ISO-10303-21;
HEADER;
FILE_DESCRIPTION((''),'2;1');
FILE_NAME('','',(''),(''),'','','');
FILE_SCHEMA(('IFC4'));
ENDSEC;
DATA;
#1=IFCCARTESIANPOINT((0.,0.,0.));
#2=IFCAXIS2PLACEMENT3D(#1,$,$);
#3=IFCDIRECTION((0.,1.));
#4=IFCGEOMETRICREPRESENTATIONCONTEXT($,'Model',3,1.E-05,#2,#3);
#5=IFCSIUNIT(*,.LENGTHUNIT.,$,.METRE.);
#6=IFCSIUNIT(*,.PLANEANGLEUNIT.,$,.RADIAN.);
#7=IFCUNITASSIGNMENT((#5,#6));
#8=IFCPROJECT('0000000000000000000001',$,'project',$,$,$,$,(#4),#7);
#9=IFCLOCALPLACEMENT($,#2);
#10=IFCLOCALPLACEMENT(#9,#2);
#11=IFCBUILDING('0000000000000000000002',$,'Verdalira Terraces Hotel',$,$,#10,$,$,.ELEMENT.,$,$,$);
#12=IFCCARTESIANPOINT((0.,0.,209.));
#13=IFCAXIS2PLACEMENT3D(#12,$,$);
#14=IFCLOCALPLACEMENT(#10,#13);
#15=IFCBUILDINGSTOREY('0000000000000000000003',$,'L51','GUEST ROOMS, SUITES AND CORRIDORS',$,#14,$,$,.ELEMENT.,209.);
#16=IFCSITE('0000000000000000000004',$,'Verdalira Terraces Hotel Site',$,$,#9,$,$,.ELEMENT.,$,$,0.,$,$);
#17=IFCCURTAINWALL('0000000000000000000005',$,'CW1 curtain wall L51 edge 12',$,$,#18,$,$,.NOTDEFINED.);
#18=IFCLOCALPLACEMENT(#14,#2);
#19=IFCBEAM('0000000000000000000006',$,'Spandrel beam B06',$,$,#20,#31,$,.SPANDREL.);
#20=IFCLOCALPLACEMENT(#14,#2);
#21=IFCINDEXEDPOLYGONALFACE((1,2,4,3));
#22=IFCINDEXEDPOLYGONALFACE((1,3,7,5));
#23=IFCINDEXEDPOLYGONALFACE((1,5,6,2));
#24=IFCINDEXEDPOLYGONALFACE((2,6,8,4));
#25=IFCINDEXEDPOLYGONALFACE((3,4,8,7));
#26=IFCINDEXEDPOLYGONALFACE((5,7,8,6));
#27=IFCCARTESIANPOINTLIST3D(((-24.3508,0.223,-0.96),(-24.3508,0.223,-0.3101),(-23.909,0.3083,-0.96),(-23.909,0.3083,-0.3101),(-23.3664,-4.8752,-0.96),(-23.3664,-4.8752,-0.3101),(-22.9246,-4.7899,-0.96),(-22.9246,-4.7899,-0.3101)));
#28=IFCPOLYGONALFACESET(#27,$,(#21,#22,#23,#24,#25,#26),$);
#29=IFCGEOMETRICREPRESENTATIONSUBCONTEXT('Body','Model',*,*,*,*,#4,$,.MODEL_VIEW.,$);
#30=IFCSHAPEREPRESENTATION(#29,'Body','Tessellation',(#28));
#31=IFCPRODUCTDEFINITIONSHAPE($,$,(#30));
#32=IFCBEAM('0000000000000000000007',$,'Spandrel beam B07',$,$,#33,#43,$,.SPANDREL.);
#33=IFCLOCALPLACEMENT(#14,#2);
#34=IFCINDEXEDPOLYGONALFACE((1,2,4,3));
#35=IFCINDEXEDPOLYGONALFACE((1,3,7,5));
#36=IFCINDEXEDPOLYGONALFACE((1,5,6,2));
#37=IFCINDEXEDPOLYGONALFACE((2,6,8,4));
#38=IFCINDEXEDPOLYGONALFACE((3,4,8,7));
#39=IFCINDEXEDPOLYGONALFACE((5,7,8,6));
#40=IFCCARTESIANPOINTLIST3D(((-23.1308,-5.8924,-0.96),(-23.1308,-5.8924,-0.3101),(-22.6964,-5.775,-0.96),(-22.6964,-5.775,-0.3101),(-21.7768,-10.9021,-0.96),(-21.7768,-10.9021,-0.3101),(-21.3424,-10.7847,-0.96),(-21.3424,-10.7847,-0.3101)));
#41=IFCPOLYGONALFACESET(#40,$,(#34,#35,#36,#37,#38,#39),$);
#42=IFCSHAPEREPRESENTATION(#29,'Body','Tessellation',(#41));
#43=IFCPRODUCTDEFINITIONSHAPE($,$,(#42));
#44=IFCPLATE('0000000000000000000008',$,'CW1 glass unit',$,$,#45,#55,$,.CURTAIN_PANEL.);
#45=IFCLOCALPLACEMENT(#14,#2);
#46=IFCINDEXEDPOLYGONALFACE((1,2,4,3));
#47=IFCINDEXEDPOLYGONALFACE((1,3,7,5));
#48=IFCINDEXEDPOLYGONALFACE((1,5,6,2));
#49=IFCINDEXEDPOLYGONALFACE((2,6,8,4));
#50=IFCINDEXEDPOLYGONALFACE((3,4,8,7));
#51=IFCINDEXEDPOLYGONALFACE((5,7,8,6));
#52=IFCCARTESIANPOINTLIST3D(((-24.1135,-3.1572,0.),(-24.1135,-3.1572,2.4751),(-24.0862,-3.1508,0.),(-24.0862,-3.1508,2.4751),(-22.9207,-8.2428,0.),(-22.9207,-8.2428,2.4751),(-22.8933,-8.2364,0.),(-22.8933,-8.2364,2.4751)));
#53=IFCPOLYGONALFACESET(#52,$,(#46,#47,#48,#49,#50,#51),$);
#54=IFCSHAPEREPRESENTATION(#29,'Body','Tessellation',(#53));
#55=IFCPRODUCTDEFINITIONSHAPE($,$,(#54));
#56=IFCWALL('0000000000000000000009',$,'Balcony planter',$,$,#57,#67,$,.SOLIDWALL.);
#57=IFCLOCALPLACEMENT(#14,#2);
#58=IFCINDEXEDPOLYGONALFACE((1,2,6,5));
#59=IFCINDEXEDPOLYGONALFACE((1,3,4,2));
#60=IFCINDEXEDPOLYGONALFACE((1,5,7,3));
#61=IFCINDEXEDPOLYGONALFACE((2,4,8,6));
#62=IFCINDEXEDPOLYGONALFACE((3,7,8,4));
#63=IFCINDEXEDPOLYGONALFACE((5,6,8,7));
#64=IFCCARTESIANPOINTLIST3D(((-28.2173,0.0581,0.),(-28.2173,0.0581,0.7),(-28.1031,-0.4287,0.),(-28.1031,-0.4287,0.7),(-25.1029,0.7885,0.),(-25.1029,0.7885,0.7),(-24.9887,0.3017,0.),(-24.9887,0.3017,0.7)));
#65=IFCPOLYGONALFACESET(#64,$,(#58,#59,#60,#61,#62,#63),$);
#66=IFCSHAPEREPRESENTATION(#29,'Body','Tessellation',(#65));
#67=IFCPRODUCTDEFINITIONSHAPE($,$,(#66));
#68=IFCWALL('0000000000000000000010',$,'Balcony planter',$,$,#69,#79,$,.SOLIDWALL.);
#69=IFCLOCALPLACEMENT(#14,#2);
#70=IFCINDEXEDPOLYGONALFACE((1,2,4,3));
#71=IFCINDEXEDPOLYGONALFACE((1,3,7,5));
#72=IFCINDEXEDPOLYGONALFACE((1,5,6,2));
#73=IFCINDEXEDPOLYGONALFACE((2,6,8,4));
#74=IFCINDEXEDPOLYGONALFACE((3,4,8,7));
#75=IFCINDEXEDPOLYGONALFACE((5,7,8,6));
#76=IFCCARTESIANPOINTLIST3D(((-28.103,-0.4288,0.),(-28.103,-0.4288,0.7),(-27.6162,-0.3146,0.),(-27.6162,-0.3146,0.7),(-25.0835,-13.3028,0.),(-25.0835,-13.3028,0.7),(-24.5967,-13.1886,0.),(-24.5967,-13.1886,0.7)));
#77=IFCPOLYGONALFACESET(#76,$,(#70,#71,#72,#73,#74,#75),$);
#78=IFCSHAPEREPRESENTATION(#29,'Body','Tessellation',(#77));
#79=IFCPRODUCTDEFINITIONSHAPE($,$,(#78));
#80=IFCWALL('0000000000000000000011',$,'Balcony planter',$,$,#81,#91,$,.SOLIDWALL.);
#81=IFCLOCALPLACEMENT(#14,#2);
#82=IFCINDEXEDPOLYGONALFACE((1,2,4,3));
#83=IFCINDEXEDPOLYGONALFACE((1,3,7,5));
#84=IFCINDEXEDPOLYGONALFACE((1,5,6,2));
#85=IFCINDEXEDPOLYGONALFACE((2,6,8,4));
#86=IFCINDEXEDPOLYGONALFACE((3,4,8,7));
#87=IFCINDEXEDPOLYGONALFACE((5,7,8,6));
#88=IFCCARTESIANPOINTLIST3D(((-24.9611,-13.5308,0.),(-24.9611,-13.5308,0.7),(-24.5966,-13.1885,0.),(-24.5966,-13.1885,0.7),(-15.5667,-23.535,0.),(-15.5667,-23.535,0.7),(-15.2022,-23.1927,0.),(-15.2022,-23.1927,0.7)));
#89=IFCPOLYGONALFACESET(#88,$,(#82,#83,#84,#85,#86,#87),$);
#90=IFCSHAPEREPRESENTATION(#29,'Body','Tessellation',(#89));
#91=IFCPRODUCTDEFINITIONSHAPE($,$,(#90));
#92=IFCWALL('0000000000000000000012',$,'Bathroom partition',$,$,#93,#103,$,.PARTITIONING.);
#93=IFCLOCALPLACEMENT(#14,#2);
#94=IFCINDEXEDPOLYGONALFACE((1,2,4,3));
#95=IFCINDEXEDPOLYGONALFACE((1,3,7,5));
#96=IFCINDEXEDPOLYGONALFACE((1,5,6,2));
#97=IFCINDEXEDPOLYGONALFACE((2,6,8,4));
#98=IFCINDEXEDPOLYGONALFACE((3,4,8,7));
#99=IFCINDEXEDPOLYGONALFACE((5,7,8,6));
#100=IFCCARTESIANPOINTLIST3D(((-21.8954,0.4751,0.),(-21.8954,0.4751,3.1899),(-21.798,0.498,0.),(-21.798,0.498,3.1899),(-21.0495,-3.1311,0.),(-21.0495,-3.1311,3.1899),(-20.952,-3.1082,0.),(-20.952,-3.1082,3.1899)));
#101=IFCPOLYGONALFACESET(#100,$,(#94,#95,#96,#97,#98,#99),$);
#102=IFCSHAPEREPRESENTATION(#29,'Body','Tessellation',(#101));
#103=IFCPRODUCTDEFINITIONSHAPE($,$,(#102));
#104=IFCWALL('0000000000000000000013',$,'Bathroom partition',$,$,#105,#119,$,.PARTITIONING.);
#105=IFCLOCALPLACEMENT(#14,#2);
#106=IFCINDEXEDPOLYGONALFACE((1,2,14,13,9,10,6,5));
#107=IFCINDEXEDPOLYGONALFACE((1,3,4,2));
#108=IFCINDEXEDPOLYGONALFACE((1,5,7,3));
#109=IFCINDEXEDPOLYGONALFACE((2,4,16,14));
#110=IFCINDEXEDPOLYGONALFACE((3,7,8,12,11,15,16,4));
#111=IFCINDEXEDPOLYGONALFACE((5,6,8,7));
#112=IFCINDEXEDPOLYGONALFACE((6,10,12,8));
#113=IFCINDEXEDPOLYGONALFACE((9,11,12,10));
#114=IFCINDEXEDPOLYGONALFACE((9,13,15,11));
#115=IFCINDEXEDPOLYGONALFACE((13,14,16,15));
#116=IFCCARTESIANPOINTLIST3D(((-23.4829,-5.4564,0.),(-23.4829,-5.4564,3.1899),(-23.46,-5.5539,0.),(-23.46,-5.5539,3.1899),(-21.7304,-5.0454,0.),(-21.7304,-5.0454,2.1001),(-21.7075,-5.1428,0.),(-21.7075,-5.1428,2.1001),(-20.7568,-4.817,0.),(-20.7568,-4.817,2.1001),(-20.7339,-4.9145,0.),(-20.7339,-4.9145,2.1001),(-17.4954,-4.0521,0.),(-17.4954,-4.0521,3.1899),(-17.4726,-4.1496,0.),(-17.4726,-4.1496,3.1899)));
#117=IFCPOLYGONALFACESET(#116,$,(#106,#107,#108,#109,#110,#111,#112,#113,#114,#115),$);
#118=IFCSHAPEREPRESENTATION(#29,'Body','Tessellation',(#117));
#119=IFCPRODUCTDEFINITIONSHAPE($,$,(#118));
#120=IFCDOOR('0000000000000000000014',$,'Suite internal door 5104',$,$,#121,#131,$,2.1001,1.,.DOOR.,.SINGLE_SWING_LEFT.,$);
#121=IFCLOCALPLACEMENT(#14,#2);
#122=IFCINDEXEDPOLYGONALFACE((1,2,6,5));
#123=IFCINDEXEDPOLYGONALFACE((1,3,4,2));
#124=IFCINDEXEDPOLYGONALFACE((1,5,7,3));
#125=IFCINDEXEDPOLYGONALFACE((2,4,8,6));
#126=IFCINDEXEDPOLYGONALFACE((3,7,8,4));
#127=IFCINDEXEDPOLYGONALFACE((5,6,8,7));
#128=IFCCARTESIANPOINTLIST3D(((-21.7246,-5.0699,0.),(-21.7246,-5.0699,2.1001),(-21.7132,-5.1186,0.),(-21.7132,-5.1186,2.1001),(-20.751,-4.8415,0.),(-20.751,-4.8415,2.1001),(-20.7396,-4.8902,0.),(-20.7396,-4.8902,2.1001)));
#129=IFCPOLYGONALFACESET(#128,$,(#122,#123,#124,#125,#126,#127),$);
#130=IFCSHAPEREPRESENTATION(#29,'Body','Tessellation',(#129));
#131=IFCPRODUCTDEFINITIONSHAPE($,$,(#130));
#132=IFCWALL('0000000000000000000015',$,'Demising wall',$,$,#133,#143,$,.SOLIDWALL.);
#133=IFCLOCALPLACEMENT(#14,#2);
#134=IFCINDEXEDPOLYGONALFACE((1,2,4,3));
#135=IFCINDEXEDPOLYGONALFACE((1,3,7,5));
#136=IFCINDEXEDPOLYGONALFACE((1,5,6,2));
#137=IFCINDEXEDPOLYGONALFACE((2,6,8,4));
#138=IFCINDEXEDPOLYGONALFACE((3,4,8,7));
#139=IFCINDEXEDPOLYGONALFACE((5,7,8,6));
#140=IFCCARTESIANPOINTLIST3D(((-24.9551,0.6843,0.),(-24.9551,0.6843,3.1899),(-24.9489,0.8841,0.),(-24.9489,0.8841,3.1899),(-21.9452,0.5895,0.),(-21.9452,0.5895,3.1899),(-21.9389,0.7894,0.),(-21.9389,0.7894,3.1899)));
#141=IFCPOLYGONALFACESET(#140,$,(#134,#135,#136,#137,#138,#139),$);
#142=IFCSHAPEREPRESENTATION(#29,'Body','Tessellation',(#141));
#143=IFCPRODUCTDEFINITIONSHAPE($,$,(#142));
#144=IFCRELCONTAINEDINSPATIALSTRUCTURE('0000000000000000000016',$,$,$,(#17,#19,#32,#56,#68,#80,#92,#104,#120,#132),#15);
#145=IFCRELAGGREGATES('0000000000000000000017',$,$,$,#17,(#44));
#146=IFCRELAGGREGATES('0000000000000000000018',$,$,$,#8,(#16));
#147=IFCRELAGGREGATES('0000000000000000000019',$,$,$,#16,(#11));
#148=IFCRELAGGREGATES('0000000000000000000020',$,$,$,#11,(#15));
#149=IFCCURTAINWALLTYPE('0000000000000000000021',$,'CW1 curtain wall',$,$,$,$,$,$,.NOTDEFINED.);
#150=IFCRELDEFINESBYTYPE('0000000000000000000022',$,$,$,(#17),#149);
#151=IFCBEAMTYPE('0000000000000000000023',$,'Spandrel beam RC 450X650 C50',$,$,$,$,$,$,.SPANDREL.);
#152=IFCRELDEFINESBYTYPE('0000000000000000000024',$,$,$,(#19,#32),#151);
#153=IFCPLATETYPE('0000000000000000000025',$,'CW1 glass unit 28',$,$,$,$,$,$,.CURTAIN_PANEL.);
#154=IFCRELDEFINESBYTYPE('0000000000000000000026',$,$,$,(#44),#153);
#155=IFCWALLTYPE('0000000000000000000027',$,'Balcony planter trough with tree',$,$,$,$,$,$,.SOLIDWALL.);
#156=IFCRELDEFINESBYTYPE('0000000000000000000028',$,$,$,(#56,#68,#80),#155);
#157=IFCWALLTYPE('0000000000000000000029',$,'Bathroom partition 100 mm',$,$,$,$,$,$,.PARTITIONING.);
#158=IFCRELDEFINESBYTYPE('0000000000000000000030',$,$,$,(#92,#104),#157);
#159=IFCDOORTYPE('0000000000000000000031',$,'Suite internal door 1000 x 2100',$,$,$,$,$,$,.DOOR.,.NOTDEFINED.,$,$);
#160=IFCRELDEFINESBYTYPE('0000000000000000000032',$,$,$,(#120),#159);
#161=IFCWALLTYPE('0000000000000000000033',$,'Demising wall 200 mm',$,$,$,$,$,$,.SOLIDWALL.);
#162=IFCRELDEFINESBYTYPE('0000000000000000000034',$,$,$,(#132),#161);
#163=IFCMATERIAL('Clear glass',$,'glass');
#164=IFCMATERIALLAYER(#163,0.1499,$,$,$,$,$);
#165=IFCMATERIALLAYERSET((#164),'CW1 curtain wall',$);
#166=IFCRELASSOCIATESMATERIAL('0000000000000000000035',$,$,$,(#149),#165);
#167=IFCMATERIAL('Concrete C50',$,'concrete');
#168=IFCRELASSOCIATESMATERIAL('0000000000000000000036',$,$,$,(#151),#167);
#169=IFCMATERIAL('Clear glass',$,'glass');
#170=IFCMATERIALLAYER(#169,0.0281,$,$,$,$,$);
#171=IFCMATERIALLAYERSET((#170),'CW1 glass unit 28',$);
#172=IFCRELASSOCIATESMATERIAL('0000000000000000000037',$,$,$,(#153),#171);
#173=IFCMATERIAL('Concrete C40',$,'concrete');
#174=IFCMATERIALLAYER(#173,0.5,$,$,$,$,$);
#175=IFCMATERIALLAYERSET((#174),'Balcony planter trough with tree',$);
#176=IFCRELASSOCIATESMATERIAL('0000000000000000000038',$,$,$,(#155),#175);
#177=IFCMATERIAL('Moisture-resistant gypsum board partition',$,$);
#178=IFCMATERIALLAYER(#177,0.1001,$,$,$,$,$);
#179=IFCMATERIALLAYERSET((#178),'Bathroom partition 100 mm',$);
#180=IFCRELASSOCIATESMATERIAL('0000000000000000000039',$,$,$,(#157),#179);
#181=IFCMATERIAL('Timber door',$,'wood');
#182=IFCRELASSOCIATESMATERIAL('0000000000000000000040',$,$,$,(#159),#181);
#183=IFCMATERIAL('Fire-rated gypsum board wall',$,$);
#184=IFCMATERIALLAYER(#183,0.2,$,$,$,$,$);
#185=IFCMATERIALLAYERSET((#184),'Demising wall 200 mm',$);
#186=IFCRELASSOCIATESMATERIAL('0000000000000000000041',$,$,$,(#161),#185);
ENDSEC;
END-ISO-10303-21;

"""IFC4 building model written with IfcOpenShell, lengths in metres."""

from ifc_helpers import new_model, si_unit, direction, frame, frame_2d, origin, origin_2d, place, context, subcontext, project, spatial, rectangle, extrude, material, layer, layer_set, material_profile, profile_set, type_object, element, fill, aggregate, save


model = new_model("IFC4")

# Units and contexts
model_context = context("Model", 3, precision=1e-05, world=origin(), true_north=direction((0.0, 1.0)))
body_context = subcontext(model_context, "Body", "Model", "MODEL_VIEW")
ifc_project = project(units=[si_unit("LENGTHUNIT", "METRE"), si_unit("PLANEANGLEUNIT", "RADIAN")], contexts=[model_context])

# Site, building, storey
site_placement = place(None, origin())
site = spatial("IfcSite", under=ifc_project, at=site_placement, Name="Verdalira Terraces Hotel Site", CompositionType="ELEMENT", RefElevation=0.0)
building_placement = place(site_placement, origin())
building = spatial("IfcBuilding", under=site, at=building_placement, Name="Verdalira Terraces Hotel", CompositionType="ELEMENT")
storey_placement = place(building_placement, frame((0.0, 0.0, 209.0)))
storey = spatial("IfcBuildingStorey", under=building, at=storey_placement, Name="L51", Description="GUEST ROOMS, SUITES AND CORRIDORS", CompositionType="ELEMENT", Elevation=209.0)

# Curtain wall
ifc_material_1 = material(Name="Clear glass", Category="glass")
ifc_layer_1 = layer(ifc_material_1, 0.1499)
ifc_layer_set_1 = layer_set([ifc_layer_1], Name="CW1 curtain wall")
curtain_wall_type = type_object("IfcCurtainWallType", Name="CW1 curtain wall", PredefinedType="NOTDEFINED", material=ifc_layer_set_1)
curtain_wall_1_placement = place(storey_placement, origin())
curtain_wall_1 = element("IfcCurtainWall", 1, at=curtain_wall_1_placement, inside=storey, type_object=curtain_wall_type, Name="CW1 curtain wall L51 edge 12", PredefinedType="NOTDEFINED")

# Beams
ifc_material_2 = material(Name="Concrete C50", Category="concrete")
ifc_material_profile_1 = material_profile(ifc_material_2, rectangle(XDim=0.45, YDim=0.6499, at=origin_2d()), Name="RC 450X650")
ifc_profile_set_1 = profile_set([ifc_material_profile_1], Name="Concrete C50")
beam_type_1 = type_object("IfcBeamType", Name="Spandrel beam RC 450X650 C50", PredefinedType="SPANDREL", material=ifc_profile_set_1)
beam_1_placement = place(storey_placement, frame((-24.1299, 0.2656, -0.635), z_axis=(0.189583, -0.981865, 0.0), x_axis=(0.981865, 0.189583, 0.0)))
element("IfcBeam", 2, at=beam_1_placement, inside=storey, type_object=beam_type_1, Name="Spandrel beam B06", PredefinedType="SPANDREL", context=body_context, shape_type="SweptSolid", body=[
    extrude(rectangle(XDim=0.45, YDim=0.6499, at=origin_2d()), origin(), (0.0, 0.0, 1.0), 5.1924),
])
beam_2_placement = place(storey_placement, frame((-22.9136, -5.8337, -0.635), z_axis=(0.260911, -0.965363, 0.0), x_axis=(0.965363, 0.260911, 0.0)))
element("IfcBeam", 3, at=beam_2_placement, inside=storey, type_object=beam_type_1, Name="Spandrel beam B07", PredefinedType="SPANDREL", context=body_context, shape_type="SweptSolid", body=[
    extrude(rectangle(XDim=0.45, YDim=0.6499, at=origin_2d()), origin(), (0.0, 0.0, 1.0), 5.1895),
])

# Plate
ifc_material_3 = material(Name="Clear glass", Category="glass")
ifc_layer_2 = layer(ifc_material_3, 0.0281)
ifc_layer_set_2 = layer_set([ifc_layer_2], Name="CW1 glass unit 28")
plate_type = type_object("IfcPlateType", Name="CW1 glass unit 28", PredefinedType="CURTAIN_PANEL", material=ifc_layer_set_2)
plate_placement = place(storey_placement, frame((-23.5034, -5.6968, 0.0), z_axis=(0.0, 0.0, 1.0), x_axis=(0.228351, -0.973579, 0.0)))
plate = element("IfcPlate", 4, at=plate_placement, type_object=plate_type, Name="CW1 glass unit", PredefinedType="CURTAIN_PANEL", context=body_context, shape_type="SweptSolid", body=[
    extrude(rectangle(XDim=5.2236, YDim=0.0281, at=origin_2d()), origin(), (0.0, 0.0, 1.0), 2.4751),
])
aggregate(curtain_wall_1, [plate])

# Walls
ifc_material_4 = material(Name="Concrete C40", Category="concrete")
ifc_layer_3 = layer(ifc_material_4, 0.5)
ifc_layer_set_3 = layer_set([ifc_layer_3], Name="Balcony planter trough with tree")
wall_type_1 = type_object("IfcWallType", Name="Balcony planter trough with tree", PredefinedType="SOLIDWALL", material=ifc_layer_set_3)
wall_1_placement = place(storey_placement, frame((-25.0457, 0.5452, 0.0), z_axis=(0.0, 0.0, 1.0), x_axis=(-0.973581, -0.228342, 0.0)))
element("IfcWall", 5, at=wall_1_placement, inside=storey, type_object=wall_type_1, Name="Balcony planter", PredefinedType="SOLIDWALL", context=body_context, shape_type="SweptSolid", body=[
    extrude(rectangle(XDim=3.199, YDim=0.5, at=frame_2d((1.5996, 0.0))), origin(), (0.0, 0.0, 1.0), 0.7),
])
wall_2_placement = place(storey_placement, frame((-27.8596, -0.3716, 0.0), z_axis=(0.0, 0.0, 1.0), x_axis=(0.228348, -0.97358, 0.0)))
element("IfcWall", 6, at=wall_2_placement, inside=storey, type_object=wall_type_1, Name="Balcony planter", PredefinedType="SOLIDWALL", context=body_context, shape_type="SweptSolid", body=[
    extrude(rectangle(XDim=13.2234, YDim=0.5, at=frame_2d((6.6118, 0.0))), origin(), (0.0, 0.0, 1.0), 0.7),
])
wall_3_placement = place(storey_placement, frame((-24.7788, -13.3596, 0.0), z_axis=(0.0, 0.0, 1.0), x_axis=(0.684538, -0.728977, 0.0)))
element("IfcWall", 7, at=wall_3_placement, inside=storey, type_object=wall_type_1, Name="Balcony planter", PredefinedType="SOLIDWALL", context=body_context, shape_type="SweptSolid", body=[
    extrude(rectangle(XDim=13.7236, YDim=0.5, at=frame_2d((6.8618, 0.0))), origin(), (0.0, 0.0, 1.0), 0.7),
])
ifc_material_5 = material(Name="Moisture-resistant gypsum board partition")
ifc_layer_4 = layer(ifc_material_5, 0.1001)
ifc_layer_set_4 = layer_set([ifc_layer_4], Name="Bathroom partition 100 mm")
wall_type_2 = type_object("IfcWallType", Name="Bathroom partition 100 mm", PredefinedType="PARTITIONING", material=ifc_layer_set_4)
wall_4_placement = place(storey_placement, frame((-21.8467, 0.4866, 0.0), z_axis=(0.0, 0.0, 1.0), x_axis=(0.228382, -0.973572, 0.0)))
element("IfcWall", 8, at=wall_4_placement, inside=storey, type_object=wall_type_2, Name="Bathroom partition", PredefinedType="PARTITIONING", context=body_context, shape_type="SweptSolid", body=[
    extrude(rectangle(XDim=3.7041, YDim=0.1001, at=frame_2d((1.8521, 0.0))), origin(), (0.0, 0.0, 1.0), 3.1899),
])

# Wall, opening, door
wall_5_placement = place(storey_placement, frame((-23.4714, -5.5051, 0.0), z_axis=(0.0, 0.0, 1.0), x_axis=(0.973581, 0.22834, 0.0)))
wall_5 = element("IfcWall", 9, at=wall_5_placement, inside=storey, type_object=wall_type_2, Name="Bathroom partition", PredefinedType="PARTITIONING", context=body_context, shape_type="SweptSolid", body=[
    extrude(rectangle(XDim=6.1499, YDim=0.1001, at=frame_2d((3.075, 0.0))), origin(), (0.0, 0.0, 1.0), 3.1899),
])
opening_1_placement = place(wall_5_placement, frame((1.8, 0.0, 0.0)))
opening_1 = element("IfcOpeningElement", 10, at=opening_1_placement, cuts=wall_5, PredefinedType="OPENING", context=body_context, shape_type="SweptSolid", body=[
    extrude(rectangle(XDim=1.0, YDim=2.1001, at=frame_2d((0.5, 1.05))), frame((0.0, 0.0601, 0.0), z_axis=(0.0, -1.0, 0.0), x_axis=(1.0, 0.0, 0.0)), (0.0, 0.0, 1.0), 0.1201),
])
ifc_material_6 = material(Name="Timber door", Category="wood")
door_type_1 = type_object("IfcDoorType", Name="Suite internal door 1000 x 2100", OperationType="NOTDEFINED", PredefinedType="DOOR", material=ifc_material_6)
door_1_placement = place(opening_1_placement, origin())
door_1 = element("IfcDoor", 11, at=door_1_placement, inside=storey, type_object=door_type_1, Name="Suite internal door 5104", OperationType="SINGLE_SWING_LEFT", OverallHeight=2.1001, OverallWidth=1.0, PredefinedType="DOOR", context=body_context, shape_type="SweptSolid", body=[
    extrude(rectangle(XDim=1.0, YDim=2.1001, at=frame_2d((0.5, 1.05))), frame((0.0, 0.0249, 0.0), z_axis=(0.0, -1.0, 0.0), x_axis=(1.0, 0.0, 0.0)), (0.0, 0.0, 1.0), 0.05),
])
fill(opening_1, door_1)

# Wall
ifc_material_7 = material(Name="Fire-rated gypsum board wall")
ifc_layer_5 = layer(ifc_material_7, 0.2)
ifc_layer_set_5 = layer_set([ifc_layer_5], Name="Demising wall 200 mm")
wall_type_3 = type_object("IfcWallType", Name="Demising wall 200 mm", PredefinedType="SOLIDWALL", material=ifc_layer_set_5)
wall_6_placement = place(storey_placement, frame((-21.9419, 0.6895, 0.0), z_axis=(0.0, 0.0, 1.0), x_axis=(-0.999505, 0.031455, 0.0)))
element("IfcWall", 12, at=wall_6_placement, inside=storey, type_object=wall_type_3, Name="Demising wall", PredefinedType="SOLIDWALL", context=body_context, shape_type="SweptSolid", body=[
    extrude(rectangle(XDim=3.0115, YDim=0.2, at=frame_2d((1.5059, 0.0))), origin(), (0.0, 0.0, 1.0), 3.1899),
])

save(model, "model.ifc")
